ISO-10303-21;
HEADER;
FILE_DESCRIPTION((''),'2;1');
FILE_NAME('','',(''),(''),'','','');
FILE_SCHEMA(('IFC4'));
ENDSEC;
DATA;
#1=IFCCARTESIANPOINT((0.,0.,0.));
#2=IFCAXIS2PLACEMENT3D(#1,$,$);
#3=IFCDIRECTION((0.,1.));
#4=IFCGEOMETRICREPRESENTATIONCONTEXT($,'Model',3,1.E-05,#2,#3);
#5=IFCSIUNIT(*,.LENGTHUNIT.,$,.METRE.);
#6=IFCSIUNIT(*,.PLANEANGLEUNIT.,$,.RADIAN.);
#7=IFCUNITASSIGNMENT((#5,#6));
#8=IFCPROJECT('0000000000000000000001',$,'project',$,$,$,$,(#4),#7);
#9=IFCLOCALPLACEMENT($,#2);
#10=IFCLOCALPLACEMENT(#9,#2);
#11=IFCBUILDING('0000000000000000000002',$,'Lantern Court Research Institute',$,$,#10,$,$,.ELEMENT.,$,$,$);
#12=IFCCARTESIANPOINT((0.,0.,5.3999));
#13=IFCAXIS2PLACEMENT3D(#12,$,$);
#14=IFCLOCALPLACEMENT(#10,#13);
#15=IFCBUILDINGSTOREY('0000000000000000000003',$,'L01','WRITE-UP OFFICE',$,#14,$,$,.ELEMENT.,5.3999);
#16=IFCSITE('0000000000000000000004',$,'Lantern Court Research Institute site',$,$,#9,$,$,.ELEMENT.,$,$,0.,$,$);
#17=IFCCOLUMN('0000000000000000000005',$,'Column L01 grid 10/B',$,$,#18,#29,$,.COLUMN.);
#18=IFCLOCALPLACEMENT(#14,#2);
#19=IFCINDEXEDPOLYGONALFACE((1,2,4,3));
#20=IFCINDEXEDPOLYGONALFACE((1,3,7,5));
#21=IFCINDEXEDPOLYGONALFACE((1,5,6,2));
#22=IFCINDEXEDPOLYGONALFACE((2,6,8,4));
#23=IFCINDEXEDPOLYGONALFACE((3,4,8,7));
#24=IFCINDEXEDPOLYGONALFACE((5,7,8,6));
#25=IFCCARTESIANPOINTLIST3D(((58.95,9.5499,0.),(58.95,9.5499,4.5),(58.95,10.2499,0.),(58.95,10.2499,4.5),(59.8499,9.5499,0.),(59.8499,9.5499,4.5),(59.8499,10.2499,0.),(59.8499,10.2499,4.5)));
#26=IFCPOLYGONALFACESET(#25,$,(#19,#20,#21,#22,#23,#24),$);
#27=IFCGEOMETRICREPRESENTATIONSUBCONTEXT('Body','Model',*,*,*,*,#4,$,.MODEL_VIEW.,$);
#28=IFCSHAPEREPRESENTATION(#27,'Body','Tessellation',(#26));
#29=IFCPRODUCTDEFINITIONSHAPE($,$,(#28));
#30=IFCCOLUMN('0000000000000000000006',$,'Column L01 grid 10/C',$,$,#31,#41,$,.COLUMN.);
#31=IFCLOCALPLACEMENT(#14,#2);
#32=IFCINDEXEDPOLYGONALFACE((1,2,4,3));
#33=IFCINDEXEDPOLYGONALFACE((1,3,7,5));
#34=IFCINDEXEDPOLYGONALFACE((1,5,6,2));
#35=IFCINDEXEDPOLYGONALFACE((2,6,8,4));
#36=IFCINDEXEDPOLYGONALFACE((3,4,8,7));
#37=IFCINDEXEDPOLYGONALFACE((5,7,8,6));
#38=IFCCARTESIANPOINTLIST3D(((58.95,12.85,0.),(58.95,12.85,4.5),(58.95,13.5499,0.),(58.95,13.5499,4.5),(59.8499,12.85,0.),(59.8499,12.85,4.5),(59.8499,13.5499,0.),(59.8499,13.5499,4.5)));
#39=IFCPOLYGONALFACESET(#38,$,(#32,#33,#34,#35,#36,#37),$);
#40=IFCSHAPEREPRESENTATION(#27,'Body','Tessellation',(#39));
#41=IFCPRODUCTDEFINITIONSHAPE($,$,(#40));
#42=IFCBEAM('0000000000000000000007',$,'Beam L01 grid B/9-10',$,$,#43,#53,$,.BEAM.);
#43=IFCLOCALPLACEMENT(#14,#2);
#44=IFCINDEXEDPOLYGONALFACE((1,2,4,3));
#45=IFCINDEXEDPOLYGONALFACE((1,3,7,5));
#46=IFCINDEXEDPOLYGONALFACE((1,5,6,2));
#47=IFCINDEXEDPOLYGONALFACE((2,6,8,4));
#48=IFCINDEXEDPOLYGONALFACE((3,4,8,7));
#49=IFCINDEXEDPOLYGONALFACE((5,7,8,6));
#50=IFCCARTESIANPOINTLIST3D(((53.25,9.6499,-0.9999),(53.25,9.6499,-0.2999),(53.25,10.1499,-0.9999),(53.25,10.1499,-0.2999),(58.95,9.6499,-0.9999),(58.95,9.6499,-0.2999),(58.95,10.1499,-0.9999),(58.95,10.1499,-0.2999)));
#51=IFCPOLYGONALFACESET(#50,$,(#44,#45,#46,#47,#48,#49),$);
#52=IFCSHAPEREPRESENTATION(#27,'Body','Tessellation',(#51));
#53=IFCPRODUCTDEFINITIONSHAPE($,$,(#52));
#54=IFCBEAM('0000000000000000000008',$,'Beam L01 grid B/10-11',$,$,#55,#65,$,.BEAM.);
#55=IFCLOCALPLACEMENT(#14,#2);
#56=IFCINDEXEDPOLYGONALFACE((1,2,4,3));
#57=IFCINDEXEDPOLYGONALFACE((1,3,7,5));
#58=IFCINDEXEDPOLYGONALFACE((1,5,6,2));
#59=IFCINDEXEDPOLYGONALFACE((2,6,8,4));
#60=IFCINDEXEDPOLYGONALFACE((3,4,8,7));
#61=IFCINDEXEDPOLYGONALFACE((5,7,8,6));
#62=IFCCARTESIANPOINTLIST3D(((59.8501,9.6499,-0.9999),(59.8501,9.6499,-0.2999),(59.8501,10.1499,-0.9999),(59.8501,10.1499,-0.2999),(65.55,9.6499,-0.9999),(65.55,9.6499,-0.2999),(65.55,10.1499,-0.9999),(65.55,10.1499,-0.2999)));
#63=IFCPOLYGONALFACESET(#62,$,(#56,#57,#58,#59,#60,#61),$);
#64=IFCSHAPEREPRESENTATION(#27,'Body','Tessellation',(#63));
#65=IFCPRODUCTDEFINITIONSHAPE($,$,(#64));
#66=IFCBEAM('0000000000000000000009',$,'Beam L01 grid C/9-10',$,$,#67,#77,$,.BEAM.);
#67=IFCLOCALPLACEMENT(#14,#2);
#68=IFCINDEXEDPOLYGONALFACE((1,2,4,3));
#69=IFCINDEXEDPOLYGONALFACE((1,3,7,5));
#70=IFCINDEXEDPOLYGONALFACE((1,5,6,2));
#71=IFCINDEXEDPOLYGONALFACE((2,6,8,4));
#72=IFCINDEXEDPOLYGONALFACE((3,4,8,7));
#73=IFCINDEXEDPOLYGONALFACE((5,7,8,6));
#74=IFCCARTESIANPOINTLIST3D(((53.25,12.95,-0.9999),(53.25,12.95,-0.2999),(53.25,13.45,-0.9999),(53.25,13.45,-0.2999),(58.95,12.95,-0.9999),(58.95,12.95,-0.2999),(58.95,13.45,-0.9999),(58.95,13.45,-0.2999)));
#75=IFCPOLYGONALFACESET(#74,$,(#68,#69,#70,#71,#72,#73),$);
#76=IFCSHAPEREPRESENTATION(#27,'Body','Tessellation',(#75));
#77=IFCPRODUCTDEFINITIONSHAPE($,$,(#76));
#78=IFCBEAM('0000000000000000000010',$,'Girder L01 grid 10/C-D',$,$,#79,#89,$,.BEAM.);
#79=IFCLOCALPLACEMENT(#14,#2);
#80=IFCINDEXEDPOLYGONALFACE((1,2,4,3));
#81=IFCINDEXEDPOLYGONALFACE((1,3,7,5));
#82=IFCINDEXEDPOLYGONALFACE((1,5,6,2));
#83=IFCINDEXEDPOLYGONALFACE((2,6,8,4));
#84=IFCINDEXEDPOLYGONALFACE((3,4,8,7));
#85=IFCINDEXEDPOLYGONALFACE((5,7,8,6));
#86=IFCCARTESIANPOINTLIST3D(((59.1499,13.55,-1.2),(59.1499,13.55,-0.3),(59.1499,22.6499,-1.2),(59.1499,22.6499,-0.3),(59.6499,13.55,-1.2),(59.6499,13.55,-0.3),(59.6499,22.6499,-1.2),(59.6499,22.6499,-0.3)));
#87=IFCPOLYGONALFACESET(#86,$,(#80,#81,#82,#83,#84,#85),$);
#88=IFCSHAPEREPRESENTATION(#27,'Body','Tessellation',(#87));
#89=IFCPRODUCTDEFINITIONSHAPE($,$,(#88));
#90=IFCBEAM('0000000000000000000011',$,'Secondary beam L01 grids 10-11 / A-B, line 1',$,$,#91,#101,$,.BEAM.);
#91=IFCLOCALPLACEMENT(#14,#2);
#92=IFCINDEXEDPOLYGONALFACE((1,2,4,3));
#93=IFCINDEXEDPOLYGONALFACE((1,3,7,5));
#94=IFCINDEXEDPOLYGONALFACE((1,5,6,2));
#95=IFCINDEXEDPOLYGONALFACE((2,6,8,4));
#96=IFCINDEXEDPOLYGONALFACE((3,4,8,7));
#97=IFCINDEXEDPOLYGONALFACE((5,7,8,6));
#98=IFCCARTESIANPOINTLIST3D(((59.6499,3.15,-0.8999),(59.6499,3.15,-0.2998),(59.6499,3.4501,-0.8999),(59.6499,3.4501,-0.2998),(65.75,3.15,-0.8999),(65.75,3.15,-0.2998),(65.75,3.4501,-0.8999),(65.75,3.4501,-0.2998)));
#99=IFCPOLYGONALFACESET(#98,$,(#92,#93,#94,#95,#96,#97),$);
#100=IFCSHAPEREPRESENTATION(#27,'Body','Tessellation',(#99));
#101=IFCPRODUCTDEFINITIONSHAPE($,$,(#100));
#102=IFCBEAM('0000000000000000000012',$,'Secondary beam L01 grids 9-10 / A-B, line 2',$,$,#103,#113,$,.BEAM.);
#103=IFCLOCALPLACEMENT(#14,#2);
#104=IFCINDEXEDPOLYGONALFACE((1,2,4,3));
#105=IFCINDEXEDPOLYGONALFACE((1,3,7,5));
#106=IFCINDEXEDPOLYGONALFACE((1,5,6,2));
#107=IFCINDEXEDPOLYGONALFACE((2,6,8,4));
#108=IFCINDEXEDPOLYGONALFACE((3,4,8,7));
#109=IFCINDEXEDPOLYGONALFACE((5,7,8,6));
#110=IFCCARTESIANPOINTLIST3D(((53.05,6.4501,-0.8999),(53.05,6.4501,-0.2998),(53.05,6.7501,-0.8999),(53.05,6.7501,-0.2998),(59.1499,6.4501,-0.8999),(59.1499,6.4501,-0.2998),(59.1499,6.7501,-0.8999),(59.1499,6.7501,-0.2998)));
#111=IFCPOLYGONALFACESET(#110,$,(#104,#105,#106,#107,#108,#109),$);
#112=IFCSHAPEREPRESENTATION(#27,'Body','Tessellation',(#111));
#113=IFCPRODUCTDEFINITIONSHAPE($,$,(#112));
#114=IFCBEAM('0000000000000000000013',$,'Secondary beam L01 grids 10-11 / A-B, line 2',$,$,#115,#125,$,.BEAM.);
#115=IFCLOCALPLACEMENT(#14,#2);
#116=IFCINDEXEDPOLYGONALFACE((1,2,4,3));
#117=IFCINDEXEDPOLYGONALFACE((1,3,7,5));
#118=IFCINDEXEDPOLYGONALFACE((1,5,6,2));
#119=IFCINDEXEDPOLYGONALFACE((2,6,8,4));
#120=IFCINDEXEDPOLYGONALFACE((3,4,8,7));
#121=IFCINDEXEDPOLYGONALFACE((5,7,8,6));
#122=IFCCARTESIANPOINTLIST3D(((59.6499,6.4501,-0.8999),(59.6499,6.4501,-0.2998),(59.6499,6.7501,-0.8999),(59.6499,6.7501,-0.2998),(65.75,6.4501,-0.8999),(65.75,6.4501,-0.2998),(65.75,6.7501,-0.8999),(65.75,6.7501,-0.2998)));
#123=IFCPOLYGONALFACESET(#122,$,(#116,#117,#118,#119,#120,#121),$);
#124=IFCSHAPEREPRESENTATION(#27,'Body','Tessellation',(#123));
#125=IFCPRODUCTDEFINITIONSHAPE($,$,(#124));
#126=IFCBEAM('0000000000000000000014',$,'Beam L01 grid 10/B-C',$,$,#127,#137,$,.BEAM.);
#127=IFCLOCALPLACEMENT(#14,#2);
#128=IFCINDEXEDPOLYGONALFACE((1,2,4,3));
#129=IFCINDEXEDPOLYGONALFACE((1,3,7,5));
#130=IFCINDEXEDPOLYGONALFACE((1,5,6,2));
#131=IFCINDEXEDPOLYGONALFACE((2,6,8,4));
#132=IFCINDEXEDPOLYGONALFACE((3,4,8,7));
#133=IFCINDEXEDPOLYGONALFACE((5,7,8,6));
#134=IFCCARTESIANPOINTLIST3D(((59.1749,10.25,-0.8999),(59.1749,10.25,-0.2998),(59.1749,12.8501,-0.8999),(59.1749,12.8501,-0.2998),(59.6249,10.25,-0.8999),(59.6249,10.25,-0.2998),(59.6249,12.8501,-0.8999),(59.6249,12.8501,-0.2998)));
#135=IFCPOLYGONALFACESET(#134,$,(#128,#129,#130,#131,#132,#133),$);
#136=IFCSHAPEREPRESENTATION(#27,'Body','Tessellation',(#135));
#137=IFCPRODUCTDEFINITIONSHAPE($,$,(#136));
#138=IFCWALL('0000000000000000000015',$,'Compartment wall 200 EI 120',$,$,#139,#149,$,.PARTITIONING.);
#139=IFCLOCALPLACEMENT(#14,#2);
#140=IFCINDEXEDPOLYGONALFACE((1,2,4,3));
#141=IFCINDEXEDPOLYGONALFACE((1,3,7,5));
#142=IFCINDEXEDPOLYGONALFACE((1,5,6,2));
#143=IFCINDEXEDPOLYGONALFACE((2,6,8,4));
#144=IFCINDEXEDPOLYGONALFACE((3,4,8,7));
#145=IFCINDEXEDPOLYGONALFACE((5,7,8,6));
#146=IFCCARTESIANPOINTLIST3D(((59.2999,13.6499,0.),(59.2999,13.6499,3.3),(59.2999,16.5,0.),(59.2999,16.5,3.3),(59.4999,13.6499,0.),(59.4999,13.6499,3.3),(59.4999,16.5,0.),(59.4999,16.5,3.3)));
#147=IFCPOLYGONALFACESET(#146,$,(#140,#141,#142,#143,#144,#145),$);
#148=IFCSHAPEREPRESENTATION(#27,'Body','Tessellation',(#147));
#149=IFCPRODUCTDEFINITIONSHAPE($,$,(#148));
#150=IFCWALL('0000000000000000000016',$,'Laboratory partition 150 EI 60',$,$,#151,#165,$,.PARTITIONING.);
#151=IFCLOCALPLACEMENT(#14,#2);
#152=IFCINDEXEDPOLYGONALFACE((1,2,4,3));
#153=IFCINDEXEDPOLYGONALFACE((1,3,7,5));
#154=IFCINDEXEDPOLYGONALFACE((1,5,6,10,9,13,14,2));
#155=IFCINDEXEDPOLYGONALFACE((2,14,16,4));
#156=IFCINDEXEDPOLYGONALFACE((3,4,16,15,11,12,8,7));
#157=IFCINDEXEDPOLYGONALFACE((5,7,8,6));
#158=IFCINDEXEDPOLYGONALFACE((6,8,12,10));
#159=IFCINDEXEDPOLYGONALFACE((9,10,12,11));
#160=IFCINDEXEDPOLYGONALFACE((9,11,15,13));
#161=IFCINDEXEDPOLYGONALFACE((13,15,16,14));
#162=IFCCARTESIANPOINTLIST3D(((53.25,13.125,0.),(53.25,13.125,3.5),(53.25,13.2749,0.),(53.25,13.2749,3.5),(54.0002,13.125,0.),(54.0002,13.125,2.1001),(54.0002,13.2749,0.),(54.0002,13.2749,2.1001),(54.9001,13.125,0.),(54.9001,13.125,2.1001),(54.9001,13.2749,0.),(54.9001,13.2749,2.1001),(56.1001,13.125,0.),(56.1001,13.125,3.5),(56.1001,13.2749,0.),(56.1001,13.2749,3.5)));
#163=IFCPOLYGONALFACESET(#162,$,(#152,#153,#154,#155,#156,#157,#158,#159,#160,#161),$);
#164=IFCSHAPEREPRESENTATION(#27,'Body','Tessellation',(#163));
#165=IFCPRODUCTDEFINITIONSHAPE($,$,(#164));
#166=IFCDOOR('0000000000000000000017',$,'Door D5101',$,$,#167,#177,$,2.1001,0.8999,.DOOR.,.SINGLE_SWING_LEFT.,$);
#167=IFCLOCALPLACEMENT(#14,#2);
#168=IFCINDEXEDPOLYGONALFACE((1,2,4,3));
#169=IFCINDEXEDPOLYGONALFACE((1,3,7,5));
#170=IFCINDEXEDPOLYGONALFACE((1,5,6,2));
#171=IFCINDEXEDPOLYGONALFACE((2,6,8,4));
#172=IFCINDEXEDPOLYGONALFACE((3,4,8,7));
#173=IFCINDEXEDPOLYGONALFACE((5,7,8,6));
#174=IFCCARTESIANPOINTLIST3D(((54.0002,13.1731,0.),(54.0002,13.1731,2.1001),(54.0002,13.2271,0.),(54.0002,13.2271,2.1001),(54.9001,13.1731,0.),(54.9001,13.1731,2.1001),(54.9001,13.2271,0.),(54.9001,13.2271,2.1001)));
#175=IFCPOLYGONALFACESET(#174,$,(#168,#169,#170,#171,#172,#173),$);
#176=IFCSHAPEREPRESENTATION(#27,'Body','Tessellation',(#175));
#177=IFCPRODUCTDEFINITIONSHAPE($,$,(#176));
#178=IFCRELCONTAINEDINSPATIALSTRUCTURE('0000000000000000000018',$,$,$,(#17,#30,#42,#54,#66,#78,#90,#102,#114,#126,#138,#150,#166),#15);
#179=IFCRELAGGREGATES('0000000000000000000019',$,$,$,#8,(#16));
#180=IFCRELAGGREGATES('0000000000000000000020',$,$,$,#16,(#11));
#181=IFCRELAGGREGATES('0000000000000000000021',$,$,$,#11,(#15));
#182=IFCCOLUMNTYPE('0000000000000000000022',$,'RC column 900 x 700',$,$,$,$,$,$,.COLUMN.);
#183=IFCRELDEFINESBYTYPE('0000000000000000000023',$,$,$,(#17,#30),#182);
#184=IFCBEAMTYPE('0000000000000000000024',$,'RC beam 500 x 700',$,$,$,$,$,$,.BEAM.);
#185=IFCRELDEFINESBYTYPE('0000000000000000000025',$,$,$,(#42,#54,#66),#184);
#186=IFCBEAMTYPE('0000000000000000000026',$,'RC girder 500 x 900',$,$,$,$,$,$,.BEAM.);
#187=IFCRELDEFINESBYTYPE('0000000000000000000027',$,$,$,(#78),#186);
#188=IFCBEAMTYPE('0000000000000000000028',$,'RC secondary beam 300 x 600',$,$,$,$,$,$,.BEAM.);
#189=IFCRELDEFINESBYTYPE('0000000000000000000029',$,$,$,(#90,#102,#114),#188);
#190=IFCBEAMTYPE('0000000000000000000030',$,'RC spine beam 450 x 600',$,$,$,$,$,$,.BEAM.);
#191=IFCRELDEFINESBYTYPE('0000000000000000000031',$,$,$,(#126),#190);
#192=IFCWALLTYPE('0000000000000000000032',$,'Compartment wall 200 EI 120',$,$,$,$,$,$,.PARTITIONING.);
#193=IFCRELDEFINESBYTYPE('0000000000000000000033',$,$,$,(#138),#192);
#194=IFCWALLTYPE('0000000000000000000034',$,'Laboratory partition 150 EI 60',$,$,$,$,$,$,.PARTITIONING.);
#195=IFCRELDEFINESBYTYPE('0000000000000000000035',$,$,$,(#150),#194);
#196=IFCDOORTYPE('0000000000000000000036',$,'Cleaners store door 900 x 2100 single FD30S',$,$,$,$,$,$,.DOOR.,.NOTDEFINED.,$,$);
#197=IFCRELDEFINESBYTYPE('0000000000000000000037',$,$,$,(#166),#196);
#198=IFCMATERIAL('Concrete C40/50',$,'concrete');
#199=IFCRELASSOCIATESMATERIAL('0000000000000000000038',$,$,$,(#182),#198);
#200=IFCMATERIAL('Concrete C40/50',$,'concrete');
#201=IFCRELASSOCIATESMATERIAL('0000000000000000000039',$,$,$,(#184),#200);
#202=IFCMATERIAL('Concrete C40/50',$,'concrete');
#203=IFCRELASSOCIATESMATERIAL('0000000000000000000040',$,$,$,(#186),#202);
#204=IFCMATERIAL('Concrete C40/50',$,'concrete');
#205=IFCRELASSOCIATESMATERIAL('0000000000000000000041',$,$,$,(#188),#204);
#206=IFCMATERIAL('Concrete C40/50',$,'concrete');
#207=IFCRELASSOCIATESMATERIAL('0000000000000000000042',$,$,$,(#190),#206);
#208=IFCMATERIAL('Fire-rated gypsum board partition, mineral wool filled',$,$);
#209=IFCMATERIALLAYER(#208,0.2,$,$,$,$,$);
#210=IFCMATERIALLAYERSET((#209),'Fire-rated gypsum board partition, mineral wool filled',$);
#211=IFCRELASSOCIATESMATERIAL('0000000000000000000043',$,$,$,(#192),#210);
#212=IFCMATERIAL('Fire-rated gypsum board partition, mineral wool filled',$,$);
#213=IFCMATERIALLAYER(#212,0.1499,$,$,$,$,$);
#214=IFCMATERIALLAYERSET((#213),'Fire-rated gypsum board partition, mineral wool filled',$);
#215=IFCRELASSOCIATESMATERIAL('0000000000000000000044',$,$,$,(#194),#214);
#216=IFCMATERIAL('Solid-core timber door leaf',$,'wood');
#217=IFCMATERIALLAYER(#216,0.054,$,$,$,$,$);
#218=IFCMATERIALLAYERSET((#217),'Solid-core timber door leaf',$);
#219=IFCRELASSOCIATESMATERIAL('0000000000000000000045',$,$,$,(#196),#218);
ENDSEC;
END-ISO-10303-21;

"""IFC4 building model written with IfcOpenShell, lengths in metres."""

from ifc_helpers import new_model, si_unit, direction, frame, frame_2d, origin, origin_2d, place, context, subcontext, project, spatial, rectangle, extrude, material, layer, layer_set, material_profile, profile_set, type_object, element, fill, save


model = new_model("IFC4")

# Units and contexts
model_context = context("Model", 3, precision=1e-05, world=origin(), true_north=direction((0.0, 1.0)))
body_context = subcontext(model_context, "Body", "Model", "MODEL_VIEW")
ifc_project = project(units=[si_unit("LENGTHUNIT", "METRE"), si_unit("PLANEANGLEUNIT", "RADIAN")], contexts=[model_context])

# Site, building, storey
site_placement = place(None, origin())
site = spatial("IfcSite", under=ifc_project, at=site_placement, Name="Lantern Court Research Institute site", CompositionType="ELEMENT", RefElevation=0.0)
building_placement = place(site_placement, origin())
building = spatial("IfcBuilding", under=site, at=building_placement, Name="Lantern Court Research Institute", CompositionType="ELEMENT")
storey_placement = place(building_placement, frame((0.0, 0.0, 5.3999)))
storey = spatial("IfcBuildingStorey", under=building, at=storey_placement, Name="L01", Description="WRITE-UP OFFICE", CompositionType="ELEMENT", Elevation=5.3999)

# Columns
ifc_material_1 = material(Name="Concrete C40/50", Category="concrete")
ifc_material_profile_1 = material_profile(ifc_material_1, rectangle(XDim=0.8999, YDim=0.7, at=origin_2d()), Name="RC column 900 x 700")
ifc_profile_set_1 = profile_set([ifc_material_profile_1], Name="Concrete C40/50")
column_type = type_object("IfcColumnType", Name="RC column 900 x 700", PredefinedType="COLUMN", material=ifc_profile_set_1)
for number, where, z_axis, x_axis, name in (
    (1, (59.3999, 9.8999, 0.0), (0.0, 0.0, 1.0), (1.0, 0.0, 0.0), "Column L01 grid 10/B"),
    (2, (59.3999, 13.2, 0.0), (0.0, 0.0, 1.0), (1.0, 0.0, 0.0), "Column L01 grid 10/C"),
):
    element("IfcColumn", number, at=place(storey_placement, frame(where, z_axis=z_axis, x_axis=x_axis)), inside=storey, type_object=column_type, Name=name, PredefinedType="COLUMN", context=body_context, shape_type="SweptSolid", body=[
        extrude(rectangle(XDim=0.8999, YDim=0.7, at=origin_2d()), origin(), (0.0, 0.0, 1.0), 4.5),
    ])

# Beams
ifc_material_2 = material(Name="Concrete C40/50", Category="concrete")
ifc_material_profile_2 = material_profile(ifc_material_2, rectangle(XDim=0.5, YDim=0.7, at=origin_2d()), Name="RC beam 500 x 700")
ifc_profile_set_2 = profile_set([ifc_material_profile_2], Name="Concrete C40/50")
beam_type_1 = type_object("IfcBeamType", Name="RC beam 500 x 700", PredefinedType="BEAM", material=ifc_profile_set_2)
for number, where, z_axis, x_axis, name in (
    (3, (53.25, 9.8999, -0.6499), (1.0, 0.0, 0.0), (0.0, 1.0, 0.0), "Beam L01 grid B/9-10"),
    (4, (59.8501, 9.8999, -0.6499), (1.0, 0.0, 0.0), (0.0, 1.0, 0.0), "Beam L01 grid B/10-11"),
    (5, (53.25, 13.2, -0.6499), (1.0, 0.0, 0.0), (0.0, 1.0, 0.0), "Beam L01 grid C/9-10"),
):
    element("IfcBeam", number, at=place(storey_placement, frame(where, z_axis=z_axis, x_axis=x_axis)), inside=storey, type_object=beam_type_1, Name=name, PredefinedType="BEAM", context=body_context, shape_type="SweptSolid", body=[
        extrude(rectangle(XDim=0.5, YDim=0.7, at=origin_2d()), origin(), (0.0, 0.0, 1.0), 5.7),
    ])
ifc_material_3 = material(Name="Concrete C40/50", Category="concrete")
ifc_material_profile_3 = material_profile(ifc_material_3, rectangle(XDim=0.5, YDim=0.8999, at=origin_2d()), Name="RC beam 500 x 900")
ifc_profile_set_3 = profile_set([ifc_material_profile_3], Name="Concrete C40/50")
beam_type_2 = type_object("IfcBeamType", Name="RC girder 500 x 900", PredefinedType="BEAM", material=ifc_profile_set_3)
beam_1_placement = place(storey_placement, frame((59.3999, 13.55, -0.75), z_axis=(0.0, 1.0, 0.0), x_axis=(-1.0, 0.0, 0.0)))
element("IfcBeam", 6, at=beam_1_placement, inside=storey, type_object=beam_type_2, Name="Girder L01 grid 10/C-D", PredefinedType="BEAM", context=body_context, shape_type="SweptSolid", body=[
    extrude(rectangle(XDim=0.5, YDim=0.8999, at=origin_2d()), origin(), (0.0, 0.0, 1.0), 9.0999),
])
ifc_material_4 = material(Name="Concrete C40/50", Category="concrete")
ifc_material_profile_4 = material_profile(ifc_material_4, rectangle(XDim=0.3, YDim=0.6001, at=origin_2d()), Name="RC beam 300 x 600")
ifc_profile_set_4 = profile_set([ifc_material_profile_4], Name="Concrete C40/50")
beam_type_3 = type_object("IfcBeamType", Name="RC secondary beam 300 x 600", PredefinedType="BEAM", material=ifc_profile_set_4)
beam_2_placement = place(storey_placement, frame((59.6499, 3.3, -0.5999), z_axis=(1.0, 0.0, 0.0), x_axis=(0.0, 1.0, 0.0)))
element("IfcBeam", 7, at=beam_2_placement, inside=storey, type_object=beam_type_3, Name="Secondary beam L01 grids 10-11 / A-B, line 1", PredefinedType="BEAM", context=body_context, shape_type="SweptSolid", body=[
    extrude(rectangle(XDim=0.3, YDim=0.6001, at=origin_2d()), origin(), (0.0, 0.0, 1.0), 6.1001),
])
beam_3_placement = place(storey_placement, frame((53.05, 6.6001, -0.5999), z_axis=(1.0, 0.0, 0.0), x_axis=(0.0, 1.0, 0.0)))
element("IfcBeam", 8, at=beam_3_placement, inside=storey, type_object=beam_type_3, Name="Secondary beam L01 grids 9-10 / A-B, line 2", PredefinedType="BEAM", context=body_context, shape_type="SweptSolid", body=[
    extrude(rectangle(XDim=0.3, YDim=0.6001, at=origin_2d()), origin(), (0.0, 0.0, 1.0), 6.0999),
])
beam_4_placement = place(storey_placement, frame((59.6499, 6.6001, -0.5999), z_axis=(1.0, 0.0, 0.0), x_axis=(0.0, 1.0, 0.0)))
element("IfcBeam", 9, at=beam_4_placement, inside=storey, type_object=beam_type_3, Name="Secondary beam L01 grids 10-11 / A-B, line 2", PredefinedType="BEAM", context=body_context, shape_type="SweptSolid", body=[
    extrude(rectangle(XDim=0.3, YDim=0.6001, at=origin_2d()), origin(), (0.0, 0.0, 1.0), 6.1001),
])
ifc_material_5 = material(Name="Concrete C40/50", Category="concrete")
ifc_material_profile_5 = material_profile(ifc_material_5, rectangle(XDim=0.45, YDim=0.6001, at=origin_2d()), Name="RC beam 450 x 600")
ifc_profile_set_5 = profile_set([ifc_material_profile_5], Name="Concrete C40/50")
beam_type_4 = type_object("IfcBeamType", Name="RC spine beam 450 x 600", PredefinedType="BEAM", material=ifc_profile_set_5)
beam_5_placement = place(storey_placement, frame((59.3999, 10.25, -0.5999), z_axis=(0.0, 1.0, 0.0), x_axis=(-1.0, 0.0, 0.0)))
element("IfcBeam", 10, at=beam_5_placement, inside=storey, type_object=beam_type_4, Name="Beam L01 grid 10/B-C", PredefinedType="BEAM", context=body_context, shape_type="SweptSolid", body=[
    extrude(rectangle(XDim=0.45, YDim=0.6001, at=origin_2d()), origin(), (0.0, 0.0, 1.0), 2.6001),
])

# Wall
ifc_material_6 = material(Name="Fire-rated gypsum board partition, mineral wool filled")
ifc_layer_1 = layer(ifc_material_6, 0.2)
ifc_layer_set_1 = layer_set([ifc_layer_1], Name="Fire-rated gypsum board partition, mineral wool filled")
wall_type_1 = type_object("IfcWallType", Name="Compartment wall 200 EI 120", PredefinedType="PARTITIONING", material=ifc_layer_set_1)
wall_1_placement = place(storey_placement, frame((59.3999, 13.6499, 0.0), z_axis=(0.0, 0.0, 1.0), x_axis=(0.0, 1.0, 0.0)))
element("IfcWall", 11, at=wall_1_placement, inside=storey, type_object=wall_type_1, Name="Compartment wall 200 EI 120", PredefinedType="PARTITIONING", context=body_context, shape_type="SweptSolid", body=[
    extrude(rectangle(XDim=2.8501, YDim=0.2, at=frame_2d((1.425, 0.0))), origin(), (0.0, 0.0, 1.0), 3.3),
])

# Wall, opening, door
ifc_material_7 = material(Name="Fire-rated gypsum board partition, mineral wool filled")
ifc_layer_2 = layer(ifc_material_7, 0.1499)
ifc_layer_set_2 = layer_set([ifc_layer_2], Name="Fire-rated gypsum board partition, mineral wool filled")
wall_type_2 = type_object("IfcWallType", Name="Laboratory partition 150 EI 60", PredefinedType="PARTITIONING", material=ifc_layer_set_2)
wall_2_placement = place(storey_placement, frame((56.1001, 13.2, 0.0), z_axis=(0.0, 0.0, 1.0), x_axis=(-1.0, 0.0, 0.0)))
wall_2 = element("IfcWall", 12, at=wall_2_placement, inside=storey, type_object=wall_type_2, Name="Laboratory partition 150 EI 60", PredefinedType="PARTITIONING", context=body_context, shape_type="SweptSolid", body=[
    extrude(rectangle(XDim=2.8501, YDim=0.1499, at=frame_2d((1.425, 0.0))), origin(), (0.0, 0.0, 1.0), 3.5),
])
opening_1_placement = place(wall_2_placement, frame((1.2, 0.0, 0.0)))
opening_1 = element("IfcOpeningElement", 13, at=opening_1_placement, cuts=wall_2, PredefinedType="OPENING", context=body_context, shape_type="SweptSolid", body=[
    extrude(rectangle(XDim=0.8999, YDim=2.1001, at=frame_2d((0.45, 1.05))), frame((0.0, 0.085, 0.0), z_axis=(0.0, -1.0, 0.0), x_axis=(1.0, 0.0, 0.0)), (0.0, 0.0, 1.0), 0.1699),
])
ifc_material_8 = material(Name="Solid-core timber door leaf", Category="wood")
ifc_layer_3 = layer(ifc_material_8, 0.054)
ifc_layer_set_3 = layer_set([ifc_layer_3], Name="Solid-core timber door leaf")
door_type_1 = type_object("IfcDoorType", Name="Cleaners store door 900 x 2100 single FD30S", OperationType="NOTDEFINED", PredefinedType="DOOR", material=ifc_layer_set_3)
door_1_placement = place(opening_1_placement, origin())
door_1 = element("IfcDoor", 14, at=door_1_placement, inside=storey, type_object=door_type_1, Name="Door D5101", OperationType="SINGLE_SWING_LEFT", OverallHeight=2.1001, OverallWidth=0.8999, PredefinedType="DOOR", context=body_context, shape_type="SweptSolid", body=[
    extrude(rectangle(XDim=0.8999, YDim=2.1001, at=frame_2d((0.45, 1.05))), frame((0.0, 0.0269, 0.0), z_axis=(0.0, -1.0, 0.0), x_axis=(1.0, 0.0, 0.0)), (0.0, 0.0, 1.0), 0.054),
])
fill(opening_1, door_1)

save(model, "model.ifc")
